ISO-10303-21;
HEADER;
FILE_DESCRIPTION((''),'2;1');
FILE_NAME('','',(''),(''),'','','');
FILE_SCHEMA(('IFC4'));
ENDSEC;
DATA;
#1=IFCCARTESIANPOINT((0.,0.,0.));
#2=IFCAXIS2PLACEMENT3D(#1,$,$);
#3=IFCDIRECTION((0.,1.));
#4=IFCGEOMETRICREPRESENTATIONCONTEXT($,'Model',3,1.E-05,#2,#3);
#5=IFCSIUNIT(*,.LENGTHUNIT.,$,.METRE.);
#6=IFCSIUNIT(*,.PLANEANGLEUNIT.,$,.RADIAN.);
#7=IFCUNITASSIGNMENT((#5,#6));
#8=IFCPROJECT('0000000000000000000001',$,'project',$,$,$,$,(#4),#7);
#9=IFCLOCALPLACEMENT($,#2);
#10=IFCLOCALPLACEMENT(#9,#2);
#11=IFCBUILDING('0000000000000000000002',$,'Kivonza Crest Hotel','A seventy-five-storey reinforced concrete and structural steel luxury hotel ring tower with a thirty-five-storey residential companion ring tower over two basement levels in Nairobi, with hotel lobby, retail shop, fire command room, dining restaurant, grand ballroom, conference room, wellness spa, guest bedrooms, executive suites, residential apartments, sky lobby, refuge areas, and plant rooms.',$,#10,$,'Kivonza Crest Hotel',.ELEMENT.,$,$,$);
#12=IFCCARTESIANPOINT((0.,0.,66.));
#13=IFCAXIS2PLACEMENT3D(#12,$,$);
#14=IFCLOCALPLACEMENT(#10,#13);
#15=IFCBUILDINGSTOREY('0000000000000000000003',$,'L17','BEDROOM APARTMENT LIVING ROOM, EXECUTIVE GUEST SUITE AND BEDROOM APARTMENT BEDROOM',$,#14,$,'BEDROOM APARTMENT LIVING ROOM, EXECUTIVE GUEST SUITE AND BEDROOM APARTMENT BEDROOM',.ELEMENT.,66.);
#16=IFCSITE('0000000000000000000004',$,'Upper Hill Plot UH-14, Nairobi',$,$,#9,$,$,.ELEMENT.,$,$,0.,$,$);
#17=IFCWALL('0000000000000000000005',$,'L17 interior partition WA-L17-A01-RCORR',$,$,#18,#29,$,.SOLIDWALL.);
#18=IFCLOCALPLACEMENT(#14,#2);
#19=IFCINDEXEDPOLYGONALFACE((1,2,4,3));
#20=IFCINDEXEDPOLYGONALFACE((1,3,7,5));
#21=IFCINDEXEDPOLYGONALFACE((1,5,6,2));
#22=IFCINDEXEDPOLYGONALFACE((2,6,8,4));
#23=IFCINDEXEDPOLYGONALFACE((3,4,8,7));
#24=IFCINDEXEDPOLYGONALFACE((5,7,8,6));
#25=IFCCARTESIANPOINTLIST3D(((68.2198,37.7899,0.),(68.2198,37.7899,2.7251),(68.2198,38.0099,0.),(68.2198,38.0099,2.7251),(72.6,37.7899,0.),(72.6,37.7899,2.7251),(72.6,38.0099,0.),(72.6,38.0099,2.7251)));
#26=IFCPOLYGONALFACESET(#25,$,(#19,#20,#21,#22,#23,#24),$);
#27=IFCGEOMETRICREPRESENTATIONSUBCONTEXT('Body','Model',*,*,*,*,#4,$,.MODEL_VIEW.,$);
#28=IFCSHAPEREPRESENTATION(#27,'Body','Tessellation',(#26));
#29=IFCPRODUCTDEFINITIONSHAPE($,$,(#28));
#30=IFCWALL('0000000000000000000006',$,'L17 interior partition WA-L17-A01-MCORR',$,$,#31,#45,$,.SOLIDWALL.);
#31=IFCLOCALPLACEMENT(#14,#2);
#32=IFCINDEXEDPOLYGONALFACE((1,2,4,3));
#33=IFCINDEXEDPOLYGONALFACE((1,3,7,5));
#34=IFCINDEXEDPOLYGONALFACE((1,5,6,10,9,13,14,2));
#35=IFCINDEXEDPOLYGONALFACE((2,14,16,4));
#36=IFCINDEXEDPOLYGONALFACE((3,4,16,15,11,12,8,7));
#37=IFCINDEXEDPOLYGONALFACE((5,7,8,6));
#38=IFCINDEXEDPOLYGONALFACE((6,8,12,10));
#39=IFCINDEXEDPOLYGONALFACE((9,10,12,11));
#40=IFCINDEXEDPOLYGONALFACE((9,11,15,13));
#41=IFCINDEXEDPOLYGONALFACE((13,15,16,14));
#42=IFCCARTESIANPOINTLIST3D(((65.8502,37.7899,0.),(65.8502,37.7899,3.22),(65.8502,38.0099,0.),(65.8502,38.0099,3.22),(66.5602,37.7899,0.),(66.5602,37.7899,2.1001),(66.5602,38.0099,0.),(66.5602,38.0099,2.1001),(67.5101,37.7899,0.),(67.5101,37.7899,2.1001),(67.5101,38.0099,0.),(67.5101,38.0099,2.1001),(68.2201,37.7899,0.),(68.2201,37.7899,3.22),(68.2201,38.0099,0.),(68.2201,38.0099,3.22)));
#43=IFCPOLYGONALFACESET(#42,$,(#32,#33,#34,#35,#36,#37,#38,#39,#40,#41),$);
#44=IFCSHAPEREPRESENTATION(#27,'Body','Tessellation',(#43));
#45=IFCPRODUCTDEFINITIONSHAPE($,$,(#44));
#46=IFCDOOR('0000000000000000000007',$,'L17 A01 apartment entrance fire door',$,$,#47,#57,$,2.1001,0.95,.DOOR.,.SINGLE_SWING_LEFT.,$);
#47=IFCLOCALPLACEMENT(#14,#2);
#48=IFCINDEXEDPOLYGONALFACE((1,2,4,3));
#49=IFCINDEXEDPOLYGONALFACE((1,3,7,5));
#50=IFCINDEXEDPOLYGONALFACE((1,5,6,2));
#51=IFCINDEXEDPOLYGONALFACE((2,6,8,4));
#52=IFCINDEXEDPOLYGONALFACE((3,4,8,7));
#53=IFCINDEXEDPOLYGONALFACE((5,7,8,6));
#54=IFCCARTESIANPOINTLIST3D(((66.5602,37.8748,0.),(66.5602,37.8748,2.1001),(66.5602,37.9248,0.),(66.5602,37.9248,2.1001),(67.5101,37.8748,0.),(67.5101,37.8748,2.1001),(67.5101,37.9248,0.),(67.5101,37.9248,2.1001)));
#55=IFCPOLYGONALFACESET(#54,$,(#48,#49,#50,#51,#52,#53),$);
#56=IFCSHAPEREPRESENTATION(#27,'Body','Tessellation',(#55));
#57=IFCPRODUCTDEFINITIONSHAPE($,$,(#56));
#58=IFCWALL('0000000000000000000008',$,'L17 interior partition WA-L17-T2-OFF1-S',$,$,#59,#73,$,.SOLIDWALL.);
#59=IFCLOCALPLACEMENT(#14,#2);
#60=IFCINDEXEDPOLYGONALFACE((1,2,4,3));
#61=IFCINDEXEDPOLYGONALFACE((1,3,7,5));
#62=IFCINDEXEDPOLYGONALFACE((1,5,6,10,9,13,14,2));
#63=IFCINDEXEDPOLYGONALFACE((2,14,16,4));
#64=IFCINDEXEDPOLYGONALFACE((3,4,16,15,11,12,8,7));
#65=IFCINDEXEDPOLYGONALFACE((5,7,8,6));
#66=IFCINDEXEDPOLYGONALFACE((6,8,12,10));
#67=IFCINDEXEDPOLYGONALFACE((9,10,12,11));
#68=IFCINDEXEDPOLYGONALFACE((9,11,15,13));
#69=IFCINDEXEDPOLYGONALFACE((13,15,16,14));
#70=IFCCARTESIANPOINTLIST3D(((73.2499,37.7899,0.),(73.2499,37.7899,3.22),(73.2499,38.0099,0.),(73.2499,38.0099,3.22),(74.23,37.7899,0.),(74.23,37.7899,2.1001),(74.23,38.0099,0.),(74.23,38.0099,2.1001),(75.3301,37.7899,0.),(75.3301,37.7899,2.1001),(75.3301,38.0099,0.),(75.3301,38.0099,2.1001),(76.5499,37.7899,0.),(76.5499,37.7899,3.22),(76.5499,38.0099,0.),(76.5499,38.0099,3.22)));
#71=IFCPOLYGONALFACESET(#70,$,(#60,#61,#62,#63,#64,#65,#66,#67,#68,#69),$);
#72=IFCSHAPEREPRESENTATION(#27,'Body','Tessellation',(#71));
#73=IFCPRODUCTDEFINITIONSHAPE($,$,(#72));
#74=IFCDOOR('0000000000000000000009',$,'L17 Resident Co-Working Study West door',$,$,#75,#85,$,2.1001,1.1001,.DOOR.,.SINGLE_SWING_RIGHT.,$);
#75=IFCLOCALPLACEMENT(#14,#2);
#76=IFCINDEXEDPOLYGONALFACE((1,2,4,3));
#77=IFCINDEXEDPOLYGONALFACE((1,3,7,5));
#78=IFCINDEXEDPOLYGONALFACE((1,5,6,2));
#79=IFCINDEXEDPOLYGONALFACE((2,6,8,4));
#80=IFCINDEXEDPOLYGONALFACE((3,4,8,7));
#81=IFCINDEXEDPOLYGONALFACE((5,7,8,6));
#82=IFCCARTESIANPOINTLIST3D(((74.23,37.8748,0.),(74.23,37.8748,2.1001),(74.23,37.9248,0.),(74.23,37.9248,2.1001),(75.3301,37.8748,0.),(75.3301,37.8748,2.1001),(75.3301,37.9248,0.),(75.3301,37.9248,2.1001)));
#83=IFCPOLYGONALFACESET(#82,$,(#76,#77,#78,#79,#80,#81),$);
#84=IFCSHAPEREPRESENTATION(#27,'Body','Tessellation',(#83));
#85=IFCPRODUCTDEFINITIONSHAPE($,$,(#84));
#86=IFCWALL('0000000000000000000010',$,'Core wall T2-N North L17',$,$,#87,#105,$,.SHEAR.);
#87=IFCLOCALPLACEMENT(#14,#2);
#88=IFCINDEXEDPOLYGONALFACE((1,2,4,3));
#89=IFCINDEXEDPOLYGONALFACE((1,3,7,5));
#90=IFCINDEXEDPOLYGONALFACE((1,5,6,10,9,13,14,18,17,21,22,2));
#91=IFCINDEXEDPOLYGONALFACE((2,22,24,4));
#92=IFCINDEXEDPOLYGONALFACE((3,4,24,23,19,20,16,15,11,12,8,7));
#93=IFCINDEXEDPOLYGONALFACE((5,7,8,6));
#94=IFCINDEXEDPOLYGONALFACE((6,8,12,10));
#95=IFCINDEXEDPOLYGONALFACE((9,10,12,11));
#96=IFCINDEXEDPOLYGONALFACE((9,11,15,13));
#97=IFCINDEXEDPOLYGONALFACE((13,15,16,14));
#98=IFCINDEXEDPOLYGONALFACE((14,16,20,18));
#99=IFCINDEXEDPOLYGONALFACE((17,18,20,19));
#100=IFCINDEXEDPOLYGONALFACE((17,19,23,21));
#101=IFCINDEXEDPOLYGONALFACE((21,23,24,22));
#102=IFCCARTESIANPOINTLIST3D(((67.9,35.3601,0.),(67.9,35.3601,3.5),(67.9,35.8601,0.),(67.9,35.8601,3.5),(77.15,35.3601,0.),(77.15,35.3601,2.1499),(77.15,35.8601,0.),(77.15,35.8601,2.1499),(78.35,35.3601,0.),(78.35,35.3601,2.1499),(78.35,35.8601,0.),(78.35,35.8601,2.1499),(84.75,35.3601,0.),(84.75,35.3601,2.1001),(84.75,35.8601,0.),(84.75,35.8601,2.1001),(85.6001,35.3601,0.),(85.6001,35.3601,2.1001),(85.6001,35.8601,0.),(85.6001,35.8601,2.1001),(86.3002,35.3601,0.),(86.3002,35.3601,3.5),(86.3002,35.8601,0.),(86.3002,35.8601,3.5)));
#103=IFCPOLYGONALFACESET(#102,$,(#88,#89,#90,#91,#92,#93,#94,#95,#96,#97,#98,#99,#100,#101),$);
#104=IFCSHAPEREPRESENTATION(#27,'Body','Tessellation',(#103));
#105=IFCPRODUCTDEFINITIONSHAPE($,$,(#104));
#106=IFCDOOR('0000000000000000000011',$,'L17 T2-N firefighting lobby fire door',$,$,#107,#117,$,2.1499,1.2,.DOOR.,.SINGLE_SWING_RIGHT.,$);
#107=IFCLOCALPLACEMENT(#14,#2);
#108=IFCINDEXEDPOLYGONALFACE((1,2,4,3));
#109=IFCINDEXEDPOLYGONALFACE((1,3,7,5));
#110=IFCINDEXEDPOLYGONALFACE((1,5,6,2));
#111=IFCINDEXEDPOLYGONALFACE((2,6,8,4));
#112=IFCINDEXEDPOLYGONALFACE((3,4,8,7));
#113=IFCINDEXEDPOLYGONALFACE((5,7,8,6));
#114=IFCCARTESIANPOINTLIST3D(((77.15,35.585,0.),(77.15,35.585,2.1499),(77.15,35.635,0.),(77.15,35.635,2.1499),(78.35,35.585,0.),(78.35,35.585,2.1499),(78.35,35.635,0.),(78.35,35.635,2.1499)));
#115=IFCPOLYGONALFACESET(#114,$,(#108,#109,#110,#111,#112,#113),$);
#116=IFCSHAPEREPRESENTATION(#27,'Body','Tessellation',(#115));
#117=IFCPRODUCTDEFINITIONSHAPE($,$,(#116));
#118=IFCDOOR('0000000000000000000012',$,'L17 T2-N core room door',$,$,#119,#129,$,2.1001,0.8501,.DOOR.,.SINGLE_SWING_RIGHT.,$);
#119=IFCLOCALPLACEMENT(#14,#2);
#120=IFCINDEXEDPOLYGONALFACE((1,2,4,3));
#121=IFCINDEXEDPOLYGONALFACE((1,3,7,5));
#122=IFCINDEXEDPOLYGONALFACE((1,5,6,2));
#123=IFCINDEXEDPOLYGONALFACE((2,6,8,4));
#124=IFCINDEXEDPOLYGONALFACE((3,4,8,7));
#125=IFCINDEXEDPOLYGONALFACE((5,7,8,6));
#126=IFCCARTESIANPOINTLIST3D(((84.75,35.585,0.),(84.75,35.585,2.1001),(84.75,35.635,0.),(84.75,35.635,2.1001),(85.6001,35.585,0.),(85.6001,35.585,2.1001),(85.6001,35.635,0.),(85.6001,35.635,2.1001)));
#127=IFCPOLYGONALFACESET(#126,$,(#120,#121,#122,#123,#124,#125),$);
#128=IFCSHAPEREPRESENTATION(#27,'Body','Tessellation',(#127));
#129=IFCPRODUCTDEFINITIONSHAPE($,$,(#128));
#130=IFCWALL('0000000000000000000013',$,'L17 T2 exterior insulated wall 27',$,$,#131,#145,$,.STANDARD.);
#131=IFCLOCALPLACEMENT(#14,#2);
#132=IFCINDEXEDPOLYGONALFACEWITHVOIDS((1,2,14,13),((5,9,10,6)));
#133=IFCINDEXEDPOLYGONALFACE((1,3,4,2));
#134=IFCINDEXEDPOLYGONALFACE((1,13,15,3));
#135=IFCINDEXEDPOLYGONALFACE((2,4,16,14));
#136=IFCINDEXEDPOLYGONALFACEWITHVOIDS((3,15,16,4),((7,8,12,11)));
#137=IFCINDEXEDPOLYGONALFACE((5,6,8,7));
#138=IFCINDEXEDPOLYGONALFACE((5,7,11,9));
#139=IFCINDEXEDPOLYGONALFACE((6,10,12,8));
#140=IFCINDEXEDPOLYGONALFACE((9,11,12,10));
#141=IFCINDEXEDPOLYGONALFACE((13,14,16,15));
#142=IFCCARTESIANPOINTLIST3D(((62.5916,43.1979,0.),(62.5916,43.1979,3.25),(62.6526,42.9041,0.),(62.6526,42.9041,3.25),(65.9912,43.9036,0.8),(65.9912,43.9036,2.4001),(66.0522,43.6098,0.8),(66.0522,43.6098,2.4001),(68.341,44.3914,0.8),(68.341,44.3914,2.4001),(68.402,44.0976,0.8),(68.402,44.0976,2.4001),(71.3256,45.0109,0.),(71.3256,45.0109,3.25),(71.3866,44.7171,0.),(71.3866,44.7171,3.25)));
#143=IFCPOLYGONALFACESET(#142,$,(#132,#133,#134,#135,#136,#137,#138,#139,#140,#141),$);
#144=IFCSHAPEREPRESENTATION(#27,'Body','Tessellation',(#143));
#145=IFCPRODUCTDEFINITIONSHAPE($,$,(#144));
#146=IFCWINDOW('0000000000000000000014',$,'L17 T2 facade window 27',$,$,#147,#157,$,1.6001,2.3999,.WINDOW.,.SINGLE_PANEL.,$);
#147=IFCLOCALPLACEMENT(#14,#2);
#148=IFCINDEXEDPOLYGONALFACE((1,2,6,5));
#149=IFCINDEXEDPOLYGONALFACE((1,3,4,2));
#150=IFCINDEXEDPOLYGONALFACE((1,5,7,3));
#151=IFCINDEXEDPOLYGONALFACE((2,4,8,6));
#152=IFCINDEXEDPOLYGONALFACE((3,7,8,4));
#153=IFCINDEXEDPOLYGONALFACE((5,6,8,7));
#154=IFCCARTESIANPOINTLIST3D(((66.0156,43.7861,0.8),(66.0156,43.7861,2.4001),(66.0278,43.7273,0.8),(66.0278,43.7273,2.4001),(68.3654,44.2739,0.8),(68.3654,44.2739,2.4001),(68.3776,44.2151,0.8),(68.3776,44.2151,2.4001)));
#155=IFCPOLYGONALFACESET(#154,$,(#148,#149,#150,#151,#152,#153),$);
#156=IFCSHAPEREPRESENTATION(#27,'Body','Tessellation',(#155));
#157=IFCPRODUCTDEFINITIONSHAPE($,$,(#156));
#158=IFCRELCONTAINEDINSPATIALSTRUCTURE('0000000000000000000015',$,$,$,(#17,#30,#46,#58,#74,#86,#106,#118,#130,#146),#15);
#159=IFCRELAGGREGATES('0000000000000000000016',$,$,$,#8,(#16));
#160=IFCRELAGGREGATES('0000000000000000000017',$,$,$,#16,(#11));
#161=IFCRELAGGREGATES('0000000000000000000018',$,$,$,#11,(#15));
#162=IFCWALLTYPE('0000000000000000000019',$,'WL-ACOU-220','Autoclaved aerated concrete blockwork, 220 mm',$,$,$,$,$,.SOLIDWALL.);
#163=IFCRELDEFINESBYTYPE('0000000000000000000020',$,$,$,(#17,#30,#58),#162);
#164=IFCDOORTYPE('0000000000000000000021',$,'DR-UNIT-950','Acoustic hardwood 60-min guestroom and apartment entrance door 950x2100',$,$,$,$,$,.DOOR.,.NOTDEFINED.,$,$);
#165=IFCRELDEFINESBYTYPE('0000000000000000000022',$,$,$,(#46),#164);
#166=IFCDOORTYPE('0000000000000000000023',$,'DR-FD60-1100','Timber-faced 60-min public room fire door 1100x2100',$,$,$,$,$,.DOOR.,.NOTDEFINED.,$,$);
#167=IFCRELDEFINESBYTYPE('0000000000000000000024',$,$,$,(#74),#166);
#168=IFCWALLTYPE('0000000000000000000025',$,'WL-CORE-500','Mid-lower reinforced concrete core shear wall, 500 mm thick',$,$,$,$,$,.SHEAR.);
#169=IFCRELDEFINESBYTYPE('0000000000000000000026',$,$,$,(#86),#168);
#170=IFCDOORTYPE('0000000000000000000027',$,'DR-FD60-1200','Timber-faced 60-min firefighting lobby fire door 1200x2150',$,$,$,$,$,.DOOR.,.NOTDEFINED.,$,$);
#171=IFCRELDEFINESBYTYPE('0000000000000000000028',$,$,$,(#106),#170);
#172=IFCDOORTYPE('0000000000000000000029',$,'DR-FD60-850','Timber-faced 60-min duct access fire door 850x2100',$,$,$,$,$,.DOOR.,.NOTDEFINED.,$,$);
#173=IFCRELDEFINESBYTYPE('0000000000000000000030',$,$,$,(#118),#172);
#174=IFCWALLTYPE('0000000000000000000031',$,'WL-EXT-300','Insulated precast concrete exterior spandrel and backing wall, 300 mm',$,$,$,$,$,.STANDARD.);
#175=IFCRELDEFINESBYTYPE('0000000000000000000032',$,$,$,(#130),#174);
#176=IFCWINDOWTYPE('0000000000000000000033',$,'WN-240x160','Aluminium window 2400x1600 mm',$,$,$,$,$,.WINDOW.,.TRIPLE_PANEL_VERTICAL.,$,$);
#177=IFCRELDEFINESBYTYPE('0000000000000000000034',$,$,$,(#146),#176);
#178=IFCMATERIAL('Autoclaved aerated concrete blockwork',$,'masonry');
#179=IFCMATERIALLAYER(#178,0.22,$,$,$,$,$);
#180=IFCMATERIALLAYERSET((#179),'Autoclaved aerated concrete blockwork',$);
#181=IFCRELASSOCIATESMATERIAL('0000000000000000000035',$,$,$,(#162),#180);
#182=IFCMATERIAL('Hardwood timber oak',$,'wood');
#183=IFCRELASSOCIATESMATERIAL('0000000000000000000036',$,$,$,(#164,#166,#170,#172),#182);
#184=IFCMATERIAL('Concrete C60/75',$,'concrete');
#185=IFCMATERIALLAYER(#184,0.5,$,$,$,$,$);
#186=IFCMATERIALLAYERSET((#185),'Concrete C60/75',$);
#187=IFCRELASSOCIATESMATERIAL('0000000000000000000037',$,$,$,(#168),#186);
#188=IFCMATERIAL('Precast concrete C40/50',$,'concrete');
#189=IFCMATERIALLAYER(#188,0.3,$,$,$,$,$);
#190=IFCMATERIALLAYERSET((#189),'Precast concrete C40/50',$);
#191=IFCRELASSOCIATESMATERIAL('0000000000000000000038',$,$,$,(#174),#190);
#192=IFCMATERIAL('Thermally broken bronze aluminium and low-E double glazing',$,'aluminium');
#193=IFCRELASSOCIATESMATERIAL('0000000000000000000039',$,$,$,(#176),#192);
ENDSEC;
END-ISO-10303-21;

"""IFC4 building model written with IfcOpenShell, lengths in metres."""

from ifc_helpers import new_model, si_unit, direction, frame, frame_2d, origin, place, context, subcontext, project, spatial, rectangle, extrude, material, layer, layer_set, type_object, element, fill, save


model = new_model("IFC4")

# Units and contexts
model_context = context("Model", 3, precision=1e-05, world=origin(), true_north=direction((0.0, 1.0)))
body_context = subcontext(model_context, "Body", "Model", "MODEL_VIEW")
ifc_project = project(units=[si_unit("LENGTHUNIT", "METRE"), si_unit("PLANEANGLEUNIT", "RADIAN")], contexts=[model_context])

# Site, building, storey
site_placement = place(None, origin())
site = spatial("IfcSite", under=ifc_project, at=site_placement, Name="Upper Hill Plot UH-14, Nairobi", CompositionType="ELEMENT", RefElevation=0.0)
building_placement = place(site_placement, origin())
building = spatial("IfcBuilding", under=site, at=building_placement, Name="Kivonza Crest Hotel", Description="A seventy-five-storey reinforced concrete and structural steel luxury hotel ring tower with a thirty-five-storey residential companion ring tower over two basement levels in Nairobi, with hotel lobby, retail shop, fire command room, dining restaurant, grand ballroom, conference room, wellness spa, guest bedrooms, executive suites, residential apartments, sky lobby, refuge areas, and plant rooms.", LongName="Kivonza Crest Hotel", CompositionType="ELEMENT")
storey_placement = place(building_placement, frame((0.0, 0.0, 66.0)))
storey = spatial("IfcBuildingStorey", under=building, at=storey_placement, Name="L17", Description="BEDROOM APARTMENT LIVING ROOM, EXECUTIVE GUEST SUITE AND BEDROOM APARTMENT BEDROOM", LongName="BEDROOM APARTMENT LIVING ROOM, EXECUTIVE GUEST SUITE AND BEDROOM APARTMENT BEDROOM", CompositionType="ELEMENT", Elevation=66.0)

# Wall
ifc_material_1 = material(Name="Autoclaved aerated concrete blockwork", Category="masonry")
ifc_layer_1 = layer(ifc_material_1, 0.22)
ifc_layer_set_1 = layer_set([ifc_layer_1], Name="Autoclaved aerated concrete blockwork")
wall_type_1 = type_object("IfcWallType", Name="WL-ACOU-220", Description="Autoclaved aerated concrete blockwork, 220 mm", PredefinedType="SOLIDWALL", material=ifc_layer_set_1)
wall_1_placement = place(storey_placement, frame((68.22, 37.8999, 0.0), z_axis=(0.0, 0.0, 1.0), x_axis=(1.0, 0.0, 0.0)))
element("IfcWall", 1, at=wall_1_placement, inside=storey, type_object=wall_type_1, Name="L17 interior partition WA-L17-A01-RCORR", PredefinedType="SOLIDWALL", context=body_context, shape_type="SweptSolid", body=[
    extrude(rectangle(XDim=4.3801, YDim=0.22, at=frame_2d((2.1899, 0.0))), origin(), (0.0, 0.0, 1.0), 2.7251),
])

# Walls, openings, doors
wall_2_placement = place(storey_placement, frame((65.8501, 37.8999, 0.0), z_axis=(0.0, 0.0, 1.0), x_axis=(1.0, 0.0, 0.0)))
wall_2 = element("IfcWall", 2, at=wall_2_placement, inside=storey, type_object=wall_type_1, Name="L17 interior partition WA-L17-A01-MCORR", PredefinedType="SOLIDWALL", context=body_context, shape_type="SweptSolid", body=[
    extrude(rectangle(XDim=2.3699, YDim=0.22, at=frame_2d((1.1851, 0.0))), origin(), (0.0, 0.0, 1.0), 3.22),
])
opening_1_placement = place(wall_2_placement, frame((0.71, 0.0, 0.0)))
opening_1 = element("IfcOpeningElement", 3, at=opening_1_placement, cuts=wall_2, PredefinedType="OPENING", context=body_context, shape_type="SweptSolid", body=[
    extrude(rectangle(XDim=0.95, YDim=2.1001, at=frame_2d((0.4751, 1.05))), frame((0.0, 0.1201, 0.0), z_axis=(0.0, -1.0, 0.0), x_axis=(1.0, 0.0, 0.0)), (0.0, 0.0, 1.0), 0.24),
])
ifc_material_2 = material(Name="Hardwood timber oak", Category="wood")
door_type_1 = type_object("IfcDoorType", Name="DR-UNIT-950", Description="Acoustic hardwood 60-min guestroom and apartment entrance door 950x2100", OperationType="NOTDEFINED", PredefinedType="DOOR", material=ifc_material_2)
door_1_placement = place(opening_1_placement, origin())
door_1 = element("IfcDoor", 4, at=door_1_placement, inside=storey, type_object=door_type_1, Name="L17 A01 apartment entrance fire door", OperationType="SINGLE_SWING_LEFT", OverallHeight=2.1001, OverallWidth=0.95, PredefinedType="DOOR", context=body_context, shape_type="SweptSolid", body=[
    extrude(rectangle(XDim=0.95, YDim=2.1001, at=frame_2d((0.4751, 1.05))), frame((0.0, 0.0249, 0.0), z_axis=(0.0, -1.0, 0.0), x_axis=(1.0, 0.0, 0.0)), (0.0, 0.0, 1.0), 0.05),
])
fill(opening_1, door_1)
wall_3_placement = place(storey_placement, frame((73.25, 37.8999, 0.0), z_axis=(0.0, 0.0, 1.0), x_axis=(1.0, 0.0, 0.0)))
wall_3 = element("IfcWall", 5, at=wall_3_placement, inside=storey, type_object=wall_type_1, Name="L17 interior partition WA-L17-T2-OFF1-S", PredefinedType="SOLIDWALL", context=body_context, shape_type="SweptSolid", body=[
    extrude(rectangle(XDim=3.3, YDim=0.22, at=frame_2d((1.6499, 0.0))), origin(), (0.0, 0.0, 1.0), 3.22),
])
opening_2_placement = place(wall_3_placement, frame((0.98, 0.0, 0.0)))
opening_2 = element("IfcOpeningElement", 6, at=opening_2_placement, cuts=wall_3, PredefinedType="OPENING", context=body_context, shape_type="SweptSolid", body=[
    extrude(rectangle(XDim=1.1001, YDim=2.1001, at=frame_2d((0.55, 1.05))), frame((0.0, 0.1201, 0.0), z_axis=(0.0, -1.0, 0.0), x_axis=(1.0, 0.0, 0.0)), (0.0, 0.0, 1.0), 0.24),
])
door_type_2 = type_object("IfcDoorType", Name="DR-FD60-1100", Description="Timber-faced 60-min public room fire door 1100x2100", OperationType="NOTDEFINED", PredefinedType="DOOR", material=ifc_material_2)
door_2_placement = place(opening_2_placement, origin())
door_2 = element("IfcDoor", 7, at=door_2_placement, inside=storey, type_object=door_type_2, Name="L17 Resident Co-Working Study West door", OperationType="SINGLE_SWING_RIGHT", OverallHeight=2.1001, OverallWidth=1.1001, PredefinedType="DOOR", context=body_context, shape_type="SweptSolid", body=[
    extrude(rectangle(XDim=1.1001, YDim=2.1001, at=frame_2d((0.55, 1.05))), frame((0.0, 0.0249, 0.0), z_axis=(0.0, -1.0, 0.0), x_axis=(1.0, 0.0, 0.0)), (0.0, 0.0, 1.0), 0.05),
])
fill(opening_2, door_2)

# Wall, openings, doors
ifc_material_3 = material(Name="Concrete C60/75", Category="concrete")
ifc_layer_2 = layer(ifc_material_3, 0.5)
ifc_layer_set_2 = layer_set([ifc_layer_2], Name="Concrete C60/75")
wall_type_2 = type_object("IfcWallType", Name="WL-CORE-500", Description="Mid-lower reinforced concrete core shear wall, 500 mm thick", PredefinedType="SHEAR", material=ifc_layer_set_2)
wall_4_placement = place(storey_placement, frame((67.8999, 35.6101, 0.0), z_axis=(0.0, 0.0, 1.0), x_axis=(1.0, 0.0, 0.0)))
wall_4 = element("IfcWall", 8, at=wall_4_placement, inside=storey, type_object=wall_type_2, Name="Core wall T2-N North L17", PredefinedType="SHEAR", context=body_context, shape_type="SweptSolid", body=[
    extrude(rectangle(XDim=18.4001, YDim=0.5, at=frame_2d((9.2002, 0.0))), origin(), (0.0, 0.0, 1.0), 3.5),
])
opening_3_placement = place(wall_4_placement, frame((9.25, 0.0, 0.0)))
opening_3 = element("IfcOpeningElement", 9, at=opening_3_placement, cuts=wall_4, PredefinedType="OPENING", context=body_context, shape_type="SweptSolid", body=[
    extrude(rectangle(XDim=1.2, YDim=2.1499, at=frame_2d((0.6001, 1.075))), frame((0.0, 0.26, 0.0), z_axis=(0.0, -1.0, 0.0), x_axis=(1.0, 0.0, 0.0)), (0.0, 0.0, 1.0), 0.52),
])
opening_4_placement = place(wall_4_placement, frame((16.8501, 0.0, 0.0)))
opening_4 = element("IfcOpeningElement", 10, at=opening_4_placement, cuts=wall_4, PredefinedType="OPENING", context=body_context, shape_type="SweptSolid", body=[
    extrude(rectangle(XDim=0.8501, YDim=2.1001, at=frame_2d((0.425, 1.05))), frame((0.0, 0.26, 0.0), z_axis=(0.0, -1.0, 0.0), x_axis=(1.0, 0.0, 0.0)), (0.0, 0.0, 1.0), 0.52),
])
door_type_3 = type_object("IfcDoorType", Name="DR-FD60-1200", Description="Timber-faced 60-min firefighting lobby fire door 1200x2150", OperationType="NOTDEFINED", PredefinedType="DOOR", material=ifc_material_2)
door_3_placement = place(opening_3_placement, origin())
door_3 = element("IfcDoor", 11, at=door_3_placement, inside=storey, type_object=door_type_3, Name="L17 T2-N firefighting lobby fire door", OperationType="SINGLE_SWING_RIGHT", OverallHeight=2.1499, OverallWidth=1.2, PredefinedType="DOOR", context=body_context, shape_type="SweptSolid", body=[
    extrude(rectangle(XDim=1.2, YDim=2.1499, at=frame_2d((0.6001, 1.075))), frame((0.0, 0.0249, 0.0), z_axis=(0.0, -1.0, 0.0), x_axis=(1.0, 0.0, 0.0)), (0.0, 0.0, 1.0), 0.05),
])
fill(opening_3, door_3)
door_type_4 = type_object("IfcDoorType", Name="DR-FD60-850", Description="Timber-faced 60-min duct access fire door 850x2100", OperationType="NOTDEFINED", PredefinedType="DOOR", material=ifc_material_2)
door_4_placement = place(opening_4_placement, origin())
door_4 = element("IfcDoor", 12, at=door_4_placement, inside=storey, type_object=door_type_4, Name="L17 T2-N core room door", OperationType="SINGLE_SWING_RIGHT", OverallHeight=2.1001, OverallWidth=0.8501, PredefinedType="DOOR", context=body_context, shape_type="SweptSolid", body=[
    extrude(rectangle(XDim=0.8501, YDim=2.1001, at=frame_2d((0.425, 1.05))), frame((0.0, 0.0249, 0.0), z_axis=(0.0, -1.0, 0.0), x_axis=(1.0, 0.0, 0.0)), (0.0, 0.0, 1.0), 0.05),
])
fill(opening_4, door_4)

# Wall, opening, window
ifc_material_4 = material(Name="Precast concrete C40/50", Category="concrete")
ifc_layer_3 = layer(ifc_material_4, 0.3)
ifc_layer_set_3 = layer_set([ifc_layer_3], Name="Precast concrete C40/50")
wall_type_3 = type_object("IfcWallType", Name="WL-EXT-300", Description="Insulated precast concrete exterior spandrel and backing wall, 300 mm", PredefinedType="STANDARD", material=ifc_layer_set_3)
wall_5_placement = place(storey_placement, frame((71.356, 44.864, 0.0), z_axis=(0.0, 0.0, 1.0), x_axis=(-0.979127, -0.203248, 0.0)))
wall_5 = element("IfcWall", 13, at=wall_5_placement, inside=storey, type_object=wall_type_3, Name="L17 T2 exterior insulated wall 27", PredefinedType="STANDARD", context=body_context, shape_type="SweptSolid", body=[
    extrude(rectangle(XDim=8.9202, YDim=0.3, at=frame_2d((4.46, 0.0))), origin(), (0.0, 0.0, 1.0), 3.25),
])
opening_5_placement = place(wall_5_placement, frame((3.0481, 0.0, 0.8)))
opening_5 = element("IfcOpeningElement", 14, at=opening_5_placement, cuts=wall_5, PredefinedType="OPENING", context=body_context, shape_type="SweptSolid", body=[
    extrude(rectangle(XDim=2.3999, YDim=1.6001, at=frame_2d((1.2, 0.8))), frame((0.0, 0.1602, 0.0), z_axis=(0.0, -1.0, 0.0), x_axis=(1.0, 0.0, 0.0)), (0.0, 0.0, 1.0), 0.3201),
])
ifc_material_5 = material(Name="Thermally broken bronze aluminium and low-E double glazing", Category="aluminium")
window_type = type_object("IfcWindowType", Name="WN-240x160", Description="Aluminium window 2400x1600 mm", PartitioningType="TRIPLE_PANEL_VERTICAL", PredefinedType="WINDOW", material=ifc_material_5)
window_placement = place(opening_5_placement, origin())
window = element("IfcWindow", 15, at=window_placement, inside=storey, type_object=window_type, Name="L17 T2 facade window 27", OverallHeight=1.6001, OverallWidth=2.3999, PartitioningType="SINGLE_PANEL", PredefinedType="WINDOW", context=body_context, shape_type="SweptSolid", body=[
    extrude(rectangle(XDim=2.3999, YDim=1.6001, at=frame_2d((1.2, 0.8))), frame((0.0, 0.03, 0.0), z_axis=(0.0, -1.0, 0.0), x_axis=(1.0, 0.0, 0.0)), (0.0, 0.0, 1.0), 0.0601),
])
fill(opening_5, window)

save(model, "model.ifc")
